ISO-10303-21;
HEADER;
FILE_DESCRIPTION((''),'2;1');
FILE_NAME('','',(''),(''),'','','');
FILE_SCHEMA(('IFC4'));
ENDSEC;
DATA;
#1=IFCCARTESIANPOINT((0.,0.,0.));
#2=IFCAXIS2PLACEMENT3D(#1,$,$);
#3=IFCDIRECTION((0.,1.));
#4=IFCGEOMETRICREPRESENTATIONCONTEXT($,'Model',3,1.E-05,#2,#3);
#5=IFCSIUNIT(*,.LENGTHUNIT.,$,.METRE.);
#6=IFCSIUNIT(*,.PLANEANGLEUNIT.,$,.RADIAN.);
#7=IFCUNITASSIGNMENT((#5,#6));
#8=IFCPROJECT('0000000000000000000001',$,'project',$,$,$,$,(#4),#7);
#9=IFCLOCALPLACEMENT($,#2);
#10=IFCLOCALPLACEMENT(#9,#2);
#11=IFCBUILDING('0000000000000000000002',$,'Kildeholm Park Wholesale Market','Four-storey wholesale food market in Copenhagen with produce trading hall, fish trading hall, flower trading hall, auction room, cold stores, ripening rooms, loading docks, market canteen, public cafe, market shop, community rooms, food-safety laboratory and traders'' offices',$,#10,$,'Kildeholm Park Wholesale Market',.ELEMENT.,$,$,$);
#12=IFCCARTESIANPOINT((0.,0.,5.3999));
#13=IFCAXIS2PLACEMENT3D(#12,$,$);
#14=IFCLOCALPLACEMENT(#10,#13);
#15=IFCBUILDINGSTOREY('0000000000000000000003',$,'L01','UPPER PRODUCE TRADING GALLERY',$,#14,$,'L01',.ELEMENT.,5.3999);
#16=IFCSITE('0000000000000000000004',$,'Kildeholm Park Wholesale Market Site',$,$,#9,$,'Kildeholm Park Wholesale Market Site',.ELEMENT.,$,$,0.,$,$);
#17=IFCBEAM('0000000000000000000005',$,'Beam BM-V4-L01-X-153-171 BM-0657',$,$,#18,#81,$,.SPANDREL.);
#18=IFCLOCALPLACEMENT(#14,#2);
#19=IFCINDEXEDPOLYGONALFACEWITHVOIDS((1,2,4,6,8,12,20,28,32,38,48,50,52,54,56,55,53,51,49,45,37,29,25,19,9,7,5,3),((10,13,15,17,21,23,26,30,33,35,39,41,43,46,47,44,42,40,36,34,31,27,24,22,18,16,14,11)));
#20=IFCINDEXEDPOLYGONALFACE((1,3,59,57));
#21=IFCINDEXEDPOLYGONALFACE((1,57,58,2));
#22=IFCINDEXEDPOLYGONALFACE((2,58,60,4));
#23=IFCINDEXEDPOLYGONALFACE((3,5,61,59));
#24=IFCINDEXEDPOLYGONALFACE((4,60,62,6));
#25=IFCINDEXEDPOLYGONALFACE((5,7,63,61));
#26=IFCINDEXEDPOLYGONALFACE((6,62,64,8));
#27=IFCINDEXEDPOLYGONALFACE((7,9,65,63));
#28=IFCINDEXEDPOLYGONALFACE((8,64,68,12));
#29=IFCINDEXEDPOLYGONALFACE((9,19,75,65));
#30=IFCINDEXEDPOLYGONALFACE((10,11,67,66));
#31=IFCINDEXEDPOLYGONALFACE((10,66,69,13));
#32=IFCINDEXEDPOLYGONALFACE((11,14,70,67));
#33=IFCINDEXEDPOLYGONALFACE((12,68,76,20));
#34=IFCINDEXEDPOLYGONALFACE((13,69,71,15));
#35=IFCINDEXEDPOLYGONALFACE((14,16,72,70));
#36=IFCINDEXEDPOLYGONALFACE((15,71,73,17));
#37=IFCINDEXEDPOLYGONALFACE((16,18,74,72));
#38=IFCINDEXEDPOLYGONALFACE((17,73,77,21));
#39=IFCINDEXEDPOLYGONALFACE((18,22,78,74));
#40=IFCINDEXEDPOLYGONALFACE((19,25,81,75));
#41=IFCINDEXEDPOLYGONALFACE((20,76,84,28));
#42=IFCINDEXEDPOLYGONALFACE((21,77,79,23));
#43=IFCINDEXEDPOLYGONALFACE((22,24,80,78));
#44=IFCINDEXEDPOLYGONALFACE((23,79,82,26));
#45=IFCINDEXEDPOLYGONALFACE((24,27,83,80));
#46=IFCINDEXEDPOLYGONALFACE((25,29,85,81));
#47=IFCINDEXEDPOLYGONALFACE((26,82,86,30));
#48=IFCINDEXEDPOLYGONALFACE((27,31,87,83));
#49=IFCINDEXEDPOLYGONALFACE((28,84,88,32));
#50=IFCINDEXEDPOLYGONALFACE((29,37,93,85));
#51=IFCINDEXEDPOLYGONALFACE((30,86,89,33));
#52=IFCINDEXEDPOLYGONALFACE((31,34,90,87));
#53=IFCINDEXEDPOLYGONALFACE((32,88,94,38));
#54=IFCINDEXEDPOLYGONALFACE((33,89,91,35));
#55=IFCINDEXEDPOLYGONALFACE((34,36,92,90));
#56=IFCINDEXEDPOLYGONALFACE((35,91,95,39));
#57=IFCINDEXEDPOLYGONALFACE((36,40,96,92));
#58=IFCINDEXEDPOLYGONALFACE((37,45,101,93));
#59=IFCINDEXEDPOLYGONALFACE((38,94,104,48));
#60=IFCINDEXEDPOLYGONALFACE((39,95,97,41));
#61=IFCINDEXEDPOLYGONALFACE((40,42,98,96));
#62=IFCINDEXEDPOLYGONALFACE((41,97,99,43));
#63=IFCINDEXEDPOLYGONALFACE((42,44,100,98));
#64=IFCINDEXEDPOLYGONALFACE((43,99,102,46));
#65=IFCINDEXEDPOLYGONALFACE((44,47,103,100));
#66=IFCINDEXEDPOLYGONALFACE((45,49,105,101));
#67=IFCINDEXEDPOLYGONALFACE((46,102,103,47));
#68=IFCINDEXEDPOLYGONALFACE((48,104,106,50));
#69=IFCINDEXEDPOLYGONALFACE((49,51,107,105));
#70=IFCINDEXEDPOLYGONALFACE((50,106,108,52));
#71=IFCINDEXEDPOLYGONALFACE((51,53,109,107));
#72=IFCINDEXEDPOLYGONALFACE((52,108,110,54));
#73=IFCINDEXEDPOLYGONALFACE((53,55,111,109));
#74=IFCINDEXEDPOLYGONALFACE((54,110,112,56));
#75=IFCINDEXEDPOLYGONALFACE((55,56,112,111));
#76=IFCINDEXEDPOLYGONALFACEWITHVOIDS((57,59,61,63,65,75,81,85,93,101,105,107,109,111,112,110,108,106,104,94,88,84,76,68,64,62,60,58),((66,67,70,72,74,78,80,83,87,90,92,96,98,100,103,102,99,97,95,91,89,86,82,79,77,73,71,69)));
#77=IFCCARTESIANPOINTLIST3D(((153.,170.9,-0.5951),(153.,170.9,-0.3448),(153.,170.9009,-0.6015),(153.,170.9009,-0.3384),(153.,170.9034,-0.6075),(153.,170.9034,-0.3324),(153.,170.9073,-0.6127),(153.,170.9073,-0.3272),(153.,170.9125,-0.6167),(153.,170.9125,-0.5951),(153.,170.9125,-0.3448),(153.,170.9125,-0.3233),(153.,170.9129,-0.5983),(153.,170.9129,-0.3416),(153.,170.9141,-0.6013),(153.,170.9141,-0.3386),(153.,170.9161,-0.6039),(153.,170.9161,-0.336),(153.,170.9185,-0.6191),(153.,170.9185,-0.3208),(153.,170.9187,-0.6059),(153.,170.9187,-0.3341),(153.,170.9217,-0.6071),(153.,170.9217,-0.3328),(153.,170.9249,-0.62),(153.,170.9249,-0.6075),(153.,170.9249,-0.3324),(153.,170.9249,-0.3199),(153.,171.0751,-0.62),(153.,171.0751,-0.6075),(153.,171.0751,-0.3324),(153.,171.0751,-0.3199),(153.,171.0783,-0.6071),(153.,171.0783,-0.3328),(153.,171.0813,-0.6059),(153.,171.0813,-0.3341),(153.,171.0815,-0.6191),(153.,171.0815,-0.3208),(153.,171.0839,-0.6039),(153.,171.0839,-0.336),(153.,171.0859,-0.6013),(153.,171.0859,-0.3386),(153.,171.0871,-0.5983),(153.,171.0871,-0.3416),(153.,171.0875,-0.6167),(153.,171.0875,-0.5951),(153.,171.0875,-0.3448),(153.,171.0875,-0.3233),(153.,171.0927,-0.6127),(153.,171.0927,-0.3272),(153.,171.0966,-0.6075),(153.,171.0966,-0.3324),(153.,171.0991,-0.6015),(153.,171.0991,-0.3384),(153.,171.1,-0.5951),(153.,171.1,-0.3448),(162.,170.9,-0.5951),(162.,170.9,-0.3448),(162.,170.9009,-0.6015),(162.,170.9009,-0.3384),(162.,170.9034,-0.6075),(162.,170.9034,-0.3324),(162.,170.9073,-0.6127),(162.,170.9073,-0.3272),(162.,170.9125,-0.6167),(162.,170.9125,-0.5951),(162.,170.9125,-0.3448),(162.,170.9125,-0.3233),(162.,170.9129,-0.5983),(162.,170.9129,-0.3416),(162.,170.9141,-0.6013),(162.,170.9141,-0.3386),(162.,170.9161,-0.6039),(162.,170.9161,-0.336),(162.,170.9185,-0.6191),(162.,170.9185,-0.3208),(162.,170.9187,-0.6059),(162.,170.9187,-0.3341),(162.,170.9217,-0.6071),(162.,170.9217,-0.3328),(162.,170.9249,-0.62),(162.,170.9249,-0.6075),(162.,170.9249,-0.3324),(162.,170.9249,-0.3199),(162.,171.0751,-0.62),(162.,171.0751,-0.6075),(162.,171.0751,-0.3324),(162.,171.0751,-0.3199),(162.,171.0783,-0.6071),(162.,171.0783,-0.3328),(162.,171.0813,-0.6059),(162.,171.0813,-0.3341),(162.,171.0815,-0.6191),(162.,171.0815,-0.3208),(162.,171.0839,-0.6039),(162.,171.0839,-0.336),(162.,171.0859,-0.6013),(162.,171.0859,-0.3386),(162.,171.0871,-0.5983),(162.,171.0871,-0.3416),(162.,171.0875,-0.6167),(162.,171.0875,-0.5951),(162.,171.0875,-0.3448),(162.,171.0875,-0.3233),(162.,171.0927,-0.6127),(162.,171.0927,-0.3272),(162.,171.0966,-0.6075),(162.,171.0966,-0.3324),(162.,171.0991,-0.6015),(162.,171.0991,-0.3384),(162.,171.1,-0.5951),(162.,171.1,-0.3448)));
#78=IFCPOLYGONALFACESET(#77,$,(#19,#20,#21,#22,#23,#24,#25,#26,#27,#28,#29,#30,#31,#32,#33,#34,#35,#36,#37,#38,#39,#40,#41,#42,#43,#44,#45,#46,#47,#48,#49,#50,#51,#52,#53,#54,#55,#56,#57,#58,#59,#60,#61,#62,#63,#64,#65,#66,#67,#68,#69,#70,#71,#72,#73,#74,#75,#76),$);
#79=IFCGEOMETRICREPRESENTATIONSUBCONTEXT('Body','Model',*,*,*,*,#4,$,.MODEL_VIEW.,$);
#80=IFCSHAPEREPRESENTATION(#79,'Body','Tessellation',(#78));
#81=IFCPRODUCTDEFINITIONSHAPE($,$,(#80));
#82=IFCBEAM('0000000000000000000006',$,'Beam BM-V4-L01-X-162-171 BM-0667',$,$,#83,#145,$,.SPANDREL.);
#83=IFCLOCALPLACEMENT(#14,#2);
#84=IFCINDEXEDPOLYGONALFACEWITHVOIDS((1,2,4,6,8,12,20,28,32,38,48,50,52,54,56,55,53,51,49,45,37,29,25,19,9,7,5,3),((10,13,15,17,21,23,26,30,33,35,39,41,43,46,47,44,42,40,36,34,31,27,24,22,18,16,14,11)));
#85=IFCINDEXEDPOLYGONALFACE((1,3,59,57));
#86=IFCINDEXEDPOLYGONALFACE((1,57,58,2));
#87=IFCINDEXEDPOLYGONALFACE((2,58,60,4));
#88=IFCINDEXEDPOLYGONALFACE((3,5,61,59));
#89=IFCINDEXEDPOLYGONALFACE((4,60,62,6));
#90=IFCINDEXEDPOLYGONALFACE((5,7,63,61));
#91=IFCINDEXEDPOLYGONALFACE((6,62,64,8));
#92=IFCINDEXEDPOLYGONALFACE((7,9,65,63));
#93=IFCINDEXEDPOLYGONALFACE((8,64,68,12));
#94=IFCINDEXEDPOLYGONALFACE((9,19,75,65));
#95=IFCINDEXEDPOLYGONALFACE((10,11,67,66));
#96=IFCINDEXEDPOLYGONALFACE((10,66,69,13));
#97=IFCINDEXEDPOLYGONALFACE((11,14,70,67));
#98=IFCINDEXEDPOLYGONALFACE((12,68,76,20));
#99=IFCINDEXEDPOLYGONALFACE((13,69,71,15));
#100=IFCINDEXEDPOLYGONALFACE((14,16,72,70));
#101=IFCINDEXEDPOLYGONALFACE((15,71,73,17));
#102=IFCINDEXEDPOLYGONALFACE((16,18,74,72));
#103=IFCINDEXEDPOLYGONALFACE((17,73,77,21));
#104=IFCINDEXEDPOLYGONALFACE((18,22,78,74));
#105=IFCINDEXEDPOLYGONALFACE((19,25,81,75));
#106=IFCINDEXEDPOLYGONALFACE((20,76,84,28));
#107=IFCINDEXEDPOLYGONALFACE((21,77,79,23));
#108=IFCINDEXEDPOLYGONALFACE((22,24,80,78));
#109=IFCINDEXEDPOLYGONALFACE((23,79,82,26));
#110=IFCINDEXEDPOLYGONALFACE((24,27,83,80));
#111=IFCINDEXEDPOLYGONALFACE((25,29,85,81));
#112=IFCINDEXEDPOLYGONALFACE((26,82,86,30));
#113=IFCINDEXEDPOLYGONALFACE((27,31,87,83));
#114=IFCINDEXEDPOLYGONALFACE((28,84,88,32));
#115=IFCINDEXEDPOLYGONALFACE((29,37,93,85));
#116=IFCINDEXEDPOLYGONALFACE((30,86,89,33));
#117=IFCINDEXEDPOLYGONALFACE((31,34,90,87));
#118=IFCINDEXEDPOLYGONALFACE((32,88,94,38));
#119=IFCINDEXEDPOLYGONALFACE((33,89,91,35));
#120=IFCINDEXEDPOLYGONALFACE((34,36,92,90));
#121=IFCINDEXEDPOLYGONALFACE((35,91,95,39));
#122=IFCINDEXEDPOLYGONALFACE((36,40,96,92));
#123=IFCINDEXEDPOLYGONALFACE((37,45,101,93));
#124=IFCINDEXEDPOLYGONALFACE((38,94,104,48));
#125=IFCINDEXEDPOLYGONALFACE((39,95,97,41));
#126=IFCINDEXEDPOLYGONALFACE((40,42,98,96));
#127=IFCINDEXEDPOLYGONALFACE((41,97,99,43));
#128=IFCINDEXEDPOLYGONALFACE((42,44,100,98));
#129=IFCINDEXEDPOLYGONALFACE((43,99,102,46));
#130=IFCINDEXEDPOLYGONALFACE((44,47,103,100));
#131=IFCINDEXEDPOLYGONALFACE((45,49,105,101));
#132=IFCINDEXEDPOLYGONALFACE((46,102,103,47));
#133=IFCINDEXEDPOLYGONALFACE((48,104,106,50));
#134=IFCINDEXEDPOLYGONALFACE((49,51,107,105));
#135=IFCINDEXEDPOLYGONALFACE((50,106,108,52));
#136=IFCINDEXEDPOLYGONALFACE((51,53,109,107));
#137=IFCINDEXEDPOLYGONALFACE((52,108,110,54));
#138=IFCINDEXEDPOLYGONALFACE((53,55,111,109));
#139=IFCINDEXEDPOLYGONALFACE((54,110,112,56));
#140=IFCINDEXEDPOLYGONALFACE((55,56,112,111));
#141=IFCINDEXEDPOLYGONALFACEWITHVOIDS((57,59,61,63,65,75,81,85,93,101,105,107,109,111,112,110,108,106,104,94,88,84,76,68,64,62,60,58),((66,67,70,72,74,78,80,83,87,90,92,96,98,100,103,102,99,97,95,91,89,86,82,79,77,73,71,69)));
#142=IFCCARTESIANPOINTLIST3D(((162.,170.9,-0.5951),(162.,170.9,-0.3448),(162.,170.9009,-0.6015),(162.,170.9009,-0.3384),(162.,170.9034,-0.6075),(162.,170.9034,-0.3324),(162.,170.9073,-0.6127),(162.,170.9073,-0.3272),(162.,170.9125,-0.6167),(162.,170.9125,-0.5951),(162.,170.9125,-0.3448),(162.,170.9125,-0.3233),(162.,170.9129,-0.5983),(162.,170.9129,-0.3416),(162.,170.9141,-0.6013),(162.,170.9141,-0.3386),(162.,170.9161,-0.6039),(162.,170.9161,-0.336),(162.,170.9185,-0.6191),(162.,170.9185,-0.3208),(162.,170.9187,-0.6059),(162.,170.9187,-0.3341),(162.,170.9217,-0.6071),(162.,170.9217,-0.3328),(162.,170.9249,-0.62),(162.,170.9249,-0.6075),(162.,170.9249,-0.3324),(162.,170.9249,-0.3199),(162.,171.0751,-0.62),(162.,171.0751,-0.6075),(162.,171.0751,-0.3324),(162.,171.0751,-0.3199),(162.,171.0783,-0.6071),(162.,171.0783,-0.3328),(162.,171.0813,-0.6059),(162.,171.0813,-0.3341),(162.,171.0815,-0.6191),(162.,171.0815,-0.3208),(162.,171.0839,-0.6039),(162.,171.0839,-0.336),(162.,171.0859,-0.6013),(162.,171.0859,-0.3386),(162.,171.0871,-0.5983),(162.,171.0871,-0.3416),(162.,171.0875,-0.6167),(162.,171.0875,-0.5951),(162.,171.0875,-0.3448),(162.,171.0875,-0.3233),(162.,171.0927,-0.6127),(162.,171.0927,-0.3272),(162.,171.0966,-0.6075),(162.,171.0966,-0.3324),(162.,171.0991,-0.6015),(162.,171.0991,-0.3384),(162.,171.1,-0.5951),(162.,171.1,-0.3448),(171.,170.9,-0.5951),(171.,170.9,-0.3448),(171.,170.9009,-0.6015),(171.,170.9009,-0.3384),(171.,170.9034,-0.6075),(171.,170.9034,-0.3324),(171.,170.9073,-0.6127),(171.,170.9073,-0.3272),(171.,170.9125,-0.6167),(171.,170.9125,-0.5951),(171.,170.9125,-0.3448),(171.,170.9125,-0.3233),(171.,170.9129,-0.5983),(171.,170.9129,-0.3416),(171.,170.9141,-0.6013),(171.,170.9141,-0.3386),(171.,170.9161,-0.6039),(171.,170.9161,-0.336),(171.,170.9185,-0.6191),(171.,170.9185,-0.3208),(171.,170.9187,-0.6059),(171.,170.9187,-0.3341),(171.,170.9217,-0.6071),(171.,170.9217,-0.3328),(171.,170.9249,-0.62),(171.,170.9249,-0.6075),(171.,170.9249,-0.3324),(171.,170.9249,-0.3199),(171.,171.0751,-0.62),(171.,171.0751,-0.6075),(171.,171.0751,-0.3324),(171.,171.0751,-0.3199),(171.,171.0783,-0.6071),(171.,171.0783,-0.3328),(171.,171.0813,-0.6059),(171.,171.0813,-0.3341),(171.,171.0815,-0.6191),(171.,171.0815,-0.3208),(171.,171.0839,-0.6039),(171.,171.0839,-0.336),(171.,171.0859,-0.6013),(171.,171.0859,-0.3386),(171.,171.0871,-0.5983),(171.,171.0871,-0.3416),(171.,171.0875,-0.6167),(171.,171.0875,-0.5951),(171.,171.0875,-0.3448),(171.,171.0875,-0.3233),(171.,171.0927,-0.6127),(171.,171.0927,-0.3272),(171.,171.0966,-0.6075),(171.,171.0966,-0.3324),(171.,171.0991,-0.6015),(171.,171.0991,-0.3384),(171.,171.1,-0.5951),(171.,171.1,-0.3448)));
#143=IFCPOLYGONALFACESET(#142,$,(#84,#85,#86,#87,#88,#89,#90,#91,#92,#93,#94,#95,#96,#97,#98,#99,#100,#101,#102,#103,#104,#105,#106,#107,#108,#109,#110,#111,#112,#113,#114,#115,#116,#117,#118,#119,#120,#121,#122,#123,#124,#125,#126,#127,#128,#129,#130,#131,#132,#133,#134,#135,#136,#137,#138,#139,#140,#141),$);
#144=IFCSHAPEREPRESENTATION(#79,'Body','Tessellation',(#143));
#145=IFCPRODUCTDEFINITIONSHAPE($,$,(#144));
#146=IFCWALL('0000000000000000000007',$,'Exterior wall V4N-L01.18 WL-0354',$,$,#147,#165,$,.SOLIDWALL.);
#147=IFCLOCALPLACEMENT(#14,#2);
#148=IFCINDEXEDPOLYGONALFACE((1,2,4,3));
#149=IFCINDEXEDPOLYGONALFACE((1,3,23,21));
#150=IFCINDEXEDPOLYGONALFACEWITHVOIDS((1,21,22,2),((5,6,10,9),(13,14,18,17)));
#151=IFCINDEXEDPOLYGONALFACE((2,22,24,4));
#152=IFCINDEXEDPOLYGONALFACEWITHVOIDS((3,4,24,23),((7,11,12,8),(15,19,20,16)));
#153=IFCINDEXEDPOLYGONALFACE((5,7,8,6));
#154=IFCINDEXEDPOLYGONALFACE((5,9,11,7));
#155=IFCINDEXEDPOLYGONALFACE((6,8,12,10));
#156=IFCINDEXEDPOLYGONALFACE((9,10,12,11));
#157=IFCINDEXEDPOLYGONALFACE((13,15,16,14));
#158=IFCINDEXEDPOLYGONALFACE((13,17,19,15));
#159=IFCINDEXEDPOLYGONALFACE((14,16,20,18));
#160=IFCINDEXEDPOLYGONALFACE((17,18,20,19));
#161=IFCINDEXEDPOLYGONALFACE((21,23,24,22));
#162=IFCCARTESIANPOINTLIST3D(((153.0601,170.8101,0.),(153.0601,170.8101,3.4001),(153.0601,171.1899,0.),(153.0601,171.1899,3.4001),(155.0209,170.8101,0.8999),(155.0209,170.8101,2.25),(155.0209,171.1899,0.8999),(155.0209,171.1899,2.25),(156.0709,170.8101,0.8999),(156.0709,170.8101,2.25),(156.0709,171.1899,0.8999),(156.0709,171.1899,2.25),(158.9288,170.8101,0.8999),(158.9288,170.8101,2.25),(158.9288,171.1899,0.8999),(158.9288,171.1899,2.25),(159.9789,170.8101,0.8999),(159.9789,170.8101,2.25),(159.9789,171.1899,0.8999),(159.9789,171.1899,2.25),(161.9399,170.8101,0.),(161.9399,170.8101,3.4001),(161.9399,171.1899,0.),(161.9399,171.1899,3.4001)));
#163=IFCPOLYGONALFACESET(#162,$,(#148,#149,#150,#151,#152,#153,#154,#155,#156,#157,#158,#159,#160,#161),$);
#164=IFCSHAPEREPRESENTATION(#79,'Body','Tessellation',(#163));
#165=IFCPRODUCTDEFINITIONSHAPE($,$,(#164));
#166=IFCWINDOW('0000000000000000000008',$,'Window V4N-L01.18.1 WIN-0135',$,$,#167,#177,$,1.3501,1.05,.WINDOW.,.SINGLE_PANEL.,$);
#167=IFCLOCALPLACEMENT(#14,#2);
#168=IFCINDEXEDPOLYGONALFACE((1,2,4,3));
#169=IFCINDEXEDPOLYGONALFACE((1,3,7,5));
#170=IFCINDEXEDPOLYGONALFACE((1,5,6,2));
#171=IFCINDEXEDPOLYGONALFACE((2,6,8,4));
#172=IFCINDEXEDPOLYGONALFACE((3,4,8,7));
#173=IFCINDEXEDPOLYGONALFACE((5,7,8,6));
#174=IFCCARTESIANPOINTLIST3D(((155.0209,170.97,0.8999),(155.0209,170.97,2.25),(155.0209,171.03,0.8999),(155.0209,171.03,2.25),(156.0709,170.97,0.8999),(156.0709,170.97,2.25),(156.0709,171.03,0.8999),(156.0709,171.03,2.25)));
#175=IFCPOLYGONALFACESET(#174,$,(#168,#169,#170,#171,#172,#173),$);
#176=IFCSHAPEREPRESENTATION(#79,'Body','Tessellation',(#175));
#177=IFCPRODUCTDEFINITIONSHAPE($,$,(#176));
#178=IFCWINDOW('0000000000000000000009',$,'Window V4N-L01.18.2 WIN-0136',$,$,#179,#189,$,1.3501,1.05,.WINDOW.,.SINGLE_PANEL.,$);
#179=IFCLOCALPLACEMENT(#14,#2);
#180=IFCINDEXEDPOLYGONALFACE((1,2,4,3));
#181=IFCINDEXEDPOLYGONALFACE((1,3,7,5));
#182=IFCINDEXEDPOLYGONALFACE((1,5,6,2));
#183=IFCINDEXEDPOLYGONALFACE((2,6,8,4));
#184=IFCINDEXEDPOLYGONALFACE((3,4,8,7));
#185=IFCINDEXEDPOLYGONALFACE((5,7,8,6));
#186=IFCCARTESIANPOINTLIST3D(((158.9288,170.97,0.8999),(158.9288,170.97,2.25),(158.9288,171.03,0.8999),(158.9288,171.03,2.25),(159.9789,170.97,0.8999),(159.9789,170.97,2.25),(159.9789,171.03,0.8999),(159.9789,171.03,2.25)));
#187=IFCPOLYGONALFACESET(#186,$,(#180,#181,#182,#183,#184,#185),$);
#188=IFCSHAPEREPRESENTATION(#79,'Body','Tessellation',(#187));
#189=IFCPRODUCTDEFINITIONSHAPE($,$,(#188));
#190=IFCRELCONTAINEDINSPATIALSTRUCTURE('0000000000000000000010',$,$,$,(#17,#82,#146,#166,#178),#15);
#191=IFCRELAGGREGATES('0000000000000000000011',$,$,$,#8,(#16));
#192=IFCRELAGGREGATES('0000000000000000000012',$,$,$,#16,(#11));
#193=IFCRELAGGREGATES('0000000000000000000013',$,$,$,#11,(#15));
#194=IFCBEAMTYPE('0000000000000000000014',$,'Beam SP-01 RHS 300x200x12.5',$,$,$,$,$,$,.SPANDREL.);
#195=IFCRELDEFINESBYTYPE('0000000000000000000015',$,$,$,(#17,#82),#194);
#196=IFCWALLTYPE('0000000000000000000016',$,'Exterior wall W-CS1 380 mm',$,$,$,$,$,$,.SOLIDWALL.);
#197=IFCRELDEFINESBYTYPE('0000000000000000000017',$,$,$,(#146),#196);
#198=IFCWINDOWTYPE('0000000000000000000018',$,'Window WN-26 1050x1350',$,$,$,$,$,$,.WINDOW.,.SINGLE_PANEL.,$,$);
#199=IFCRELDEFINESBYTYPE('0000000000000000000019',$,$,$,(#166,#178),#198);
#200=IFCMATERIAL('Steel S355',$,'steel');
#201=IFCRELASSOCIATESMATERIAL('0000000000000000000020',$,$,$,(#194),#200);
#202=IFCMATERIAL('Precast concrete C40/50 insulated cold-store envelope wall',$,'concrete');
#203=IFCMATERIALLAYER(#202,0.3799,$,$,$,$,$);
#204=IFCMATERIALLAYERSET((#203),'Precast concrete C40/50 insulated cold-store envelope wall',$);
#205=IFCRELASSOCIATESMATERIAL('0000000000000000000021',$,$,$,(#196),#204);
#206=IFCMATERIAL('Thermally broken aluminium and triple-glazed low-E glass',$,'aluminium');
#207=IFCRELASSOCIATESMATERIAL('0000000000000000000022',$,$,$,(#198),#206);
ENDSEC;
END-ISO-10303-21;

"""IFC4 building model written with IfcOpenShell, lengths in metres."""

from ifc_helpers import new_model, si_unit, direction, frame, frame_2d, origin, origin_2d, place, context, subcontext, project, spatial, rectangle, hollow_rectangle, extrude, material, layer, layer_set, material_profile, profile_set, type_object, element, fill, save


model = new_model("IFC4")

# Units and contexts
model_context = context("Model", 3, precision=1e-05, world=origin(), true_north=direction((0.0, 1.0)))
body_context = subcontext(model_context, "Body", "Model", "MODEL_VIEW")
ifc_project = project(units=[si_unit("LENGTHUNIT", "METRE"), si_unit("PLANEANGLEUNIT", "RADIAN")], contexts=[model_context])

# Site, building, storey
site_placement = place(None, origin())
site = spatial("IfcSite", under=ifc_project, at=site_placement, Name="Kildeholm Park Wholesale Market Site", LongName="Kildeholm Park Wholesale Market Site", CompositionType="ELEMENT", RefElevation=0.0)
building_placement = place(site_placement, origin())
building = spatial("IfcBuilding", under=site, at=building_placement, Name="Kildeholm Park Wholesale Market", Description="Four-storey wholesale food market in Copenhagen with produce trading hall, fish trading hall, flower trading hall, auction room, cold stores, ripening rooms, loading docks, market canteen, public cafe, market shop, community rooms, food-safety laboratory and traders' offices", LongName="Kildeholm Park Wholesale Market", CompositionType="ELEMENT")
storey_placement = place(building_placement, frame((0.0, 0.0, 5.3999)))
storey = spatial("IfcBuildingStorey", under=building, at=storey_placement, Name="L01", Description="UPPER PRODUCE TRADING GALLERY", LongName="L01", CompositionType="ELEMENT", Elevation=5.3999)

# Beams
ifc_material_1 = material(Name="Steel S355", Category="steel")
ifc_material_profile_1 = material_profile(ifc_material_1, hollow_rectangle(XDim=0.2, YDim=0.3, WallThickness=0.0125, InnerFilletRadius=0.0125, OuterFilletRadius=0.0249, at=origin_2d()), Name="RHS 300x200x12.5")
ifc_profile_set_1 = profile_set([ifc_material_profile_1], Name="Steel S355")
beam_type_1 = type_object("IfcBeamType", Name="Beam SP-01 RHS 300x200x12.5", PredefinedType="SPANDREL", material=ifc_profile_set_1)
for number, where, z_axis, x_axis, name in (
    (1, (153.0, 171.0, -0.47), (1.0, 0.0, 0.0), (0.0, 1.0, 0.0), "Beam BM-V4-L01-X-153-171 BM-0657"),
    (2, (162.0, 171.0, -0.47), (1.0, 0.0, 0.0), (0.0, 1.0, 0.0), "Beam BM-V4-L01-X-162-171 BM-0667"),
):
    element("IfcBeam", number, at=place(storey_placement, frame(where, z_axis=z_axis, x_axis=x_axis)), inside=storey, type_object=beam_type_1, Name=name, PredefinedType="SPANDREL", context=body_context, shape_type="SweptSolid", body=[
        extrude(hollow_rectangle(XDim=0.2, YDim=0.3, WallThickness=0.0125, InnerFilletRadius=0.0125, OuterFilletRadius=0.0249, at=origin_2d()), origin(), (0.0, 0.0, 1.0), 9.0),
    ])

# Wall, openings, windows
ifc_material_2 = material(Name="Precast concrete C40/50 insulated cold-store envelope wall", Category="concrete")
ifc_layer_1 = layer(ifc_material_2, 0.3799)
ifc_layer_set_1 = layer_set([ifc_layer_1], Name="Precast concrete C40/50 insulated cold-store envelope wall")
wall_type_1 = type_object("IfcWallType", Name="Exterior wall W-CS1 380 mm", PredefinedType="SOLIDWALL", material=ifc_layer_set_1)
wall_1_placement = place(storey_placement, frame((153.0601, 171.0, 0.0), z_axis=(0.0, 0.0, 1.0), x_axis=(1.0, 0.0, 0.0)))
wall_1 = element("IfcWall", 3, at=wall_1_placement, inside=storey, type_object=wall_type_1, Name="Exterior wall V4N-L01.18 WL-0354", PredefinedType="SOLIDWALL", context=body_context, shape_type="SweptSolid", body=[
    extrude(rectangle(XDim=8.8799, YDim=0.3799, at=frame_2d((4.4399, 0.0))), origin(), (0.0, 0.0, 1.0), 3.4001),
])
opening_1_placement = place(wall_1_placement, frame((1.9609, 0.0, 0.8999)))
opening_1 = element("IfcOpeningElement", 4, at=opening_1_placement, cuts=wall_1, PredefinedType="OPENING", context=body_context, shape_type="SweptSolid", body=[
    extrude(rectangle(XDim=1.05, YDim=1.3501, at=frame_2d((0.5249, 0.675))), frame((0.0, 0.2, 0.0), z_axis=(0.0, -1.0, 0.0), x_axis=(1.0, 0.0, 0.0)), (0.0, 0.0, 1.0), 0.3999),
])
opening_2_placement = place(wall_1_placement, frame((5.8689, 0.0, 0.8999)))
opening_2 = element("IfcOpeningElement", 5, at=opening_2_placement, cuts=wall_1, PredefinedType="OPENING", context=body_context, shape_type="SweptSolid", body=[
    extrude(rectangle(XDim=1.05, YDim=1.3501, at=frame_2d((0.5249, 0.675))), frame((0.0, 0.2, 0.0), z_axis=(0.0, -1.0, 0.0), x_axis=(1.0, 0.0, 0.0)), (0.0, 0.0, 1.0), 0.3999),
])
ifc_material_3 = material(Name="Thermally broken aluminium and triple-glazed low-E glass", Category="aluminium")
window_type_1 = type_object("IfcWindowType", Name="Window WN-26 1050x1350", PartitioningType="SINGLE_PANEL", PredefinedType="WINDOW", material=ifc_material_3)
window_1_placement = place(opening_1_placement, origin())
window_1 = element("IfcWindow", 6, at=window_1_placement, inside=storey, type_object=window_type_1, Name="Window V4N-L01.18.1 WIN-0135", OverallHeight=1.3501, OverallWidth=1.05, PartitioningType="SINGLE_PANEL", PredefinedType="WINDOW", context=body_context, shape_type="SweptSolid", body=[
    extrude(rectangle(XDim=1.05, YDim=1.3501, at=frame_2d((0.5249, 0.675))), frame((0.0, 0.03, 0.0), z_axis=(0.0, -1.0, 0.0), x_axis=(1.0, 0.0, 0.0)), (0.0, 0.0, 1.0), 0.0601),
])
fill(opening_1, window_1)
window_2_placement = place(opening_2_placement, origin())
window_2 = element("IfcWindow", 7, at=window_2_placement, inside=storey, type_object=window_type_1, Name="Window V4N-L01.18.2 WIN-0136", OverallHeight=1.3501, OverallWidth=1.05, PartitioningType="SINGLE_PANEL", PredefinedType="WINDOW", context=body_context, shape_type="SweptSolid", body=[
    extrude(rectangle(XDim=1.05, YDim=1.3501, at=frame_2d((0.5249, 0.675))), frame((0.0, 0.03, 0.0), z_axis=(0.0, -1.0, 0.0), x_axis=(1.0, 0.0, 0.0)), (0.0, 0.0, 1.0), 0.0601),
])
fill(opening_2, window_2)

save(model, "model.ifc")
